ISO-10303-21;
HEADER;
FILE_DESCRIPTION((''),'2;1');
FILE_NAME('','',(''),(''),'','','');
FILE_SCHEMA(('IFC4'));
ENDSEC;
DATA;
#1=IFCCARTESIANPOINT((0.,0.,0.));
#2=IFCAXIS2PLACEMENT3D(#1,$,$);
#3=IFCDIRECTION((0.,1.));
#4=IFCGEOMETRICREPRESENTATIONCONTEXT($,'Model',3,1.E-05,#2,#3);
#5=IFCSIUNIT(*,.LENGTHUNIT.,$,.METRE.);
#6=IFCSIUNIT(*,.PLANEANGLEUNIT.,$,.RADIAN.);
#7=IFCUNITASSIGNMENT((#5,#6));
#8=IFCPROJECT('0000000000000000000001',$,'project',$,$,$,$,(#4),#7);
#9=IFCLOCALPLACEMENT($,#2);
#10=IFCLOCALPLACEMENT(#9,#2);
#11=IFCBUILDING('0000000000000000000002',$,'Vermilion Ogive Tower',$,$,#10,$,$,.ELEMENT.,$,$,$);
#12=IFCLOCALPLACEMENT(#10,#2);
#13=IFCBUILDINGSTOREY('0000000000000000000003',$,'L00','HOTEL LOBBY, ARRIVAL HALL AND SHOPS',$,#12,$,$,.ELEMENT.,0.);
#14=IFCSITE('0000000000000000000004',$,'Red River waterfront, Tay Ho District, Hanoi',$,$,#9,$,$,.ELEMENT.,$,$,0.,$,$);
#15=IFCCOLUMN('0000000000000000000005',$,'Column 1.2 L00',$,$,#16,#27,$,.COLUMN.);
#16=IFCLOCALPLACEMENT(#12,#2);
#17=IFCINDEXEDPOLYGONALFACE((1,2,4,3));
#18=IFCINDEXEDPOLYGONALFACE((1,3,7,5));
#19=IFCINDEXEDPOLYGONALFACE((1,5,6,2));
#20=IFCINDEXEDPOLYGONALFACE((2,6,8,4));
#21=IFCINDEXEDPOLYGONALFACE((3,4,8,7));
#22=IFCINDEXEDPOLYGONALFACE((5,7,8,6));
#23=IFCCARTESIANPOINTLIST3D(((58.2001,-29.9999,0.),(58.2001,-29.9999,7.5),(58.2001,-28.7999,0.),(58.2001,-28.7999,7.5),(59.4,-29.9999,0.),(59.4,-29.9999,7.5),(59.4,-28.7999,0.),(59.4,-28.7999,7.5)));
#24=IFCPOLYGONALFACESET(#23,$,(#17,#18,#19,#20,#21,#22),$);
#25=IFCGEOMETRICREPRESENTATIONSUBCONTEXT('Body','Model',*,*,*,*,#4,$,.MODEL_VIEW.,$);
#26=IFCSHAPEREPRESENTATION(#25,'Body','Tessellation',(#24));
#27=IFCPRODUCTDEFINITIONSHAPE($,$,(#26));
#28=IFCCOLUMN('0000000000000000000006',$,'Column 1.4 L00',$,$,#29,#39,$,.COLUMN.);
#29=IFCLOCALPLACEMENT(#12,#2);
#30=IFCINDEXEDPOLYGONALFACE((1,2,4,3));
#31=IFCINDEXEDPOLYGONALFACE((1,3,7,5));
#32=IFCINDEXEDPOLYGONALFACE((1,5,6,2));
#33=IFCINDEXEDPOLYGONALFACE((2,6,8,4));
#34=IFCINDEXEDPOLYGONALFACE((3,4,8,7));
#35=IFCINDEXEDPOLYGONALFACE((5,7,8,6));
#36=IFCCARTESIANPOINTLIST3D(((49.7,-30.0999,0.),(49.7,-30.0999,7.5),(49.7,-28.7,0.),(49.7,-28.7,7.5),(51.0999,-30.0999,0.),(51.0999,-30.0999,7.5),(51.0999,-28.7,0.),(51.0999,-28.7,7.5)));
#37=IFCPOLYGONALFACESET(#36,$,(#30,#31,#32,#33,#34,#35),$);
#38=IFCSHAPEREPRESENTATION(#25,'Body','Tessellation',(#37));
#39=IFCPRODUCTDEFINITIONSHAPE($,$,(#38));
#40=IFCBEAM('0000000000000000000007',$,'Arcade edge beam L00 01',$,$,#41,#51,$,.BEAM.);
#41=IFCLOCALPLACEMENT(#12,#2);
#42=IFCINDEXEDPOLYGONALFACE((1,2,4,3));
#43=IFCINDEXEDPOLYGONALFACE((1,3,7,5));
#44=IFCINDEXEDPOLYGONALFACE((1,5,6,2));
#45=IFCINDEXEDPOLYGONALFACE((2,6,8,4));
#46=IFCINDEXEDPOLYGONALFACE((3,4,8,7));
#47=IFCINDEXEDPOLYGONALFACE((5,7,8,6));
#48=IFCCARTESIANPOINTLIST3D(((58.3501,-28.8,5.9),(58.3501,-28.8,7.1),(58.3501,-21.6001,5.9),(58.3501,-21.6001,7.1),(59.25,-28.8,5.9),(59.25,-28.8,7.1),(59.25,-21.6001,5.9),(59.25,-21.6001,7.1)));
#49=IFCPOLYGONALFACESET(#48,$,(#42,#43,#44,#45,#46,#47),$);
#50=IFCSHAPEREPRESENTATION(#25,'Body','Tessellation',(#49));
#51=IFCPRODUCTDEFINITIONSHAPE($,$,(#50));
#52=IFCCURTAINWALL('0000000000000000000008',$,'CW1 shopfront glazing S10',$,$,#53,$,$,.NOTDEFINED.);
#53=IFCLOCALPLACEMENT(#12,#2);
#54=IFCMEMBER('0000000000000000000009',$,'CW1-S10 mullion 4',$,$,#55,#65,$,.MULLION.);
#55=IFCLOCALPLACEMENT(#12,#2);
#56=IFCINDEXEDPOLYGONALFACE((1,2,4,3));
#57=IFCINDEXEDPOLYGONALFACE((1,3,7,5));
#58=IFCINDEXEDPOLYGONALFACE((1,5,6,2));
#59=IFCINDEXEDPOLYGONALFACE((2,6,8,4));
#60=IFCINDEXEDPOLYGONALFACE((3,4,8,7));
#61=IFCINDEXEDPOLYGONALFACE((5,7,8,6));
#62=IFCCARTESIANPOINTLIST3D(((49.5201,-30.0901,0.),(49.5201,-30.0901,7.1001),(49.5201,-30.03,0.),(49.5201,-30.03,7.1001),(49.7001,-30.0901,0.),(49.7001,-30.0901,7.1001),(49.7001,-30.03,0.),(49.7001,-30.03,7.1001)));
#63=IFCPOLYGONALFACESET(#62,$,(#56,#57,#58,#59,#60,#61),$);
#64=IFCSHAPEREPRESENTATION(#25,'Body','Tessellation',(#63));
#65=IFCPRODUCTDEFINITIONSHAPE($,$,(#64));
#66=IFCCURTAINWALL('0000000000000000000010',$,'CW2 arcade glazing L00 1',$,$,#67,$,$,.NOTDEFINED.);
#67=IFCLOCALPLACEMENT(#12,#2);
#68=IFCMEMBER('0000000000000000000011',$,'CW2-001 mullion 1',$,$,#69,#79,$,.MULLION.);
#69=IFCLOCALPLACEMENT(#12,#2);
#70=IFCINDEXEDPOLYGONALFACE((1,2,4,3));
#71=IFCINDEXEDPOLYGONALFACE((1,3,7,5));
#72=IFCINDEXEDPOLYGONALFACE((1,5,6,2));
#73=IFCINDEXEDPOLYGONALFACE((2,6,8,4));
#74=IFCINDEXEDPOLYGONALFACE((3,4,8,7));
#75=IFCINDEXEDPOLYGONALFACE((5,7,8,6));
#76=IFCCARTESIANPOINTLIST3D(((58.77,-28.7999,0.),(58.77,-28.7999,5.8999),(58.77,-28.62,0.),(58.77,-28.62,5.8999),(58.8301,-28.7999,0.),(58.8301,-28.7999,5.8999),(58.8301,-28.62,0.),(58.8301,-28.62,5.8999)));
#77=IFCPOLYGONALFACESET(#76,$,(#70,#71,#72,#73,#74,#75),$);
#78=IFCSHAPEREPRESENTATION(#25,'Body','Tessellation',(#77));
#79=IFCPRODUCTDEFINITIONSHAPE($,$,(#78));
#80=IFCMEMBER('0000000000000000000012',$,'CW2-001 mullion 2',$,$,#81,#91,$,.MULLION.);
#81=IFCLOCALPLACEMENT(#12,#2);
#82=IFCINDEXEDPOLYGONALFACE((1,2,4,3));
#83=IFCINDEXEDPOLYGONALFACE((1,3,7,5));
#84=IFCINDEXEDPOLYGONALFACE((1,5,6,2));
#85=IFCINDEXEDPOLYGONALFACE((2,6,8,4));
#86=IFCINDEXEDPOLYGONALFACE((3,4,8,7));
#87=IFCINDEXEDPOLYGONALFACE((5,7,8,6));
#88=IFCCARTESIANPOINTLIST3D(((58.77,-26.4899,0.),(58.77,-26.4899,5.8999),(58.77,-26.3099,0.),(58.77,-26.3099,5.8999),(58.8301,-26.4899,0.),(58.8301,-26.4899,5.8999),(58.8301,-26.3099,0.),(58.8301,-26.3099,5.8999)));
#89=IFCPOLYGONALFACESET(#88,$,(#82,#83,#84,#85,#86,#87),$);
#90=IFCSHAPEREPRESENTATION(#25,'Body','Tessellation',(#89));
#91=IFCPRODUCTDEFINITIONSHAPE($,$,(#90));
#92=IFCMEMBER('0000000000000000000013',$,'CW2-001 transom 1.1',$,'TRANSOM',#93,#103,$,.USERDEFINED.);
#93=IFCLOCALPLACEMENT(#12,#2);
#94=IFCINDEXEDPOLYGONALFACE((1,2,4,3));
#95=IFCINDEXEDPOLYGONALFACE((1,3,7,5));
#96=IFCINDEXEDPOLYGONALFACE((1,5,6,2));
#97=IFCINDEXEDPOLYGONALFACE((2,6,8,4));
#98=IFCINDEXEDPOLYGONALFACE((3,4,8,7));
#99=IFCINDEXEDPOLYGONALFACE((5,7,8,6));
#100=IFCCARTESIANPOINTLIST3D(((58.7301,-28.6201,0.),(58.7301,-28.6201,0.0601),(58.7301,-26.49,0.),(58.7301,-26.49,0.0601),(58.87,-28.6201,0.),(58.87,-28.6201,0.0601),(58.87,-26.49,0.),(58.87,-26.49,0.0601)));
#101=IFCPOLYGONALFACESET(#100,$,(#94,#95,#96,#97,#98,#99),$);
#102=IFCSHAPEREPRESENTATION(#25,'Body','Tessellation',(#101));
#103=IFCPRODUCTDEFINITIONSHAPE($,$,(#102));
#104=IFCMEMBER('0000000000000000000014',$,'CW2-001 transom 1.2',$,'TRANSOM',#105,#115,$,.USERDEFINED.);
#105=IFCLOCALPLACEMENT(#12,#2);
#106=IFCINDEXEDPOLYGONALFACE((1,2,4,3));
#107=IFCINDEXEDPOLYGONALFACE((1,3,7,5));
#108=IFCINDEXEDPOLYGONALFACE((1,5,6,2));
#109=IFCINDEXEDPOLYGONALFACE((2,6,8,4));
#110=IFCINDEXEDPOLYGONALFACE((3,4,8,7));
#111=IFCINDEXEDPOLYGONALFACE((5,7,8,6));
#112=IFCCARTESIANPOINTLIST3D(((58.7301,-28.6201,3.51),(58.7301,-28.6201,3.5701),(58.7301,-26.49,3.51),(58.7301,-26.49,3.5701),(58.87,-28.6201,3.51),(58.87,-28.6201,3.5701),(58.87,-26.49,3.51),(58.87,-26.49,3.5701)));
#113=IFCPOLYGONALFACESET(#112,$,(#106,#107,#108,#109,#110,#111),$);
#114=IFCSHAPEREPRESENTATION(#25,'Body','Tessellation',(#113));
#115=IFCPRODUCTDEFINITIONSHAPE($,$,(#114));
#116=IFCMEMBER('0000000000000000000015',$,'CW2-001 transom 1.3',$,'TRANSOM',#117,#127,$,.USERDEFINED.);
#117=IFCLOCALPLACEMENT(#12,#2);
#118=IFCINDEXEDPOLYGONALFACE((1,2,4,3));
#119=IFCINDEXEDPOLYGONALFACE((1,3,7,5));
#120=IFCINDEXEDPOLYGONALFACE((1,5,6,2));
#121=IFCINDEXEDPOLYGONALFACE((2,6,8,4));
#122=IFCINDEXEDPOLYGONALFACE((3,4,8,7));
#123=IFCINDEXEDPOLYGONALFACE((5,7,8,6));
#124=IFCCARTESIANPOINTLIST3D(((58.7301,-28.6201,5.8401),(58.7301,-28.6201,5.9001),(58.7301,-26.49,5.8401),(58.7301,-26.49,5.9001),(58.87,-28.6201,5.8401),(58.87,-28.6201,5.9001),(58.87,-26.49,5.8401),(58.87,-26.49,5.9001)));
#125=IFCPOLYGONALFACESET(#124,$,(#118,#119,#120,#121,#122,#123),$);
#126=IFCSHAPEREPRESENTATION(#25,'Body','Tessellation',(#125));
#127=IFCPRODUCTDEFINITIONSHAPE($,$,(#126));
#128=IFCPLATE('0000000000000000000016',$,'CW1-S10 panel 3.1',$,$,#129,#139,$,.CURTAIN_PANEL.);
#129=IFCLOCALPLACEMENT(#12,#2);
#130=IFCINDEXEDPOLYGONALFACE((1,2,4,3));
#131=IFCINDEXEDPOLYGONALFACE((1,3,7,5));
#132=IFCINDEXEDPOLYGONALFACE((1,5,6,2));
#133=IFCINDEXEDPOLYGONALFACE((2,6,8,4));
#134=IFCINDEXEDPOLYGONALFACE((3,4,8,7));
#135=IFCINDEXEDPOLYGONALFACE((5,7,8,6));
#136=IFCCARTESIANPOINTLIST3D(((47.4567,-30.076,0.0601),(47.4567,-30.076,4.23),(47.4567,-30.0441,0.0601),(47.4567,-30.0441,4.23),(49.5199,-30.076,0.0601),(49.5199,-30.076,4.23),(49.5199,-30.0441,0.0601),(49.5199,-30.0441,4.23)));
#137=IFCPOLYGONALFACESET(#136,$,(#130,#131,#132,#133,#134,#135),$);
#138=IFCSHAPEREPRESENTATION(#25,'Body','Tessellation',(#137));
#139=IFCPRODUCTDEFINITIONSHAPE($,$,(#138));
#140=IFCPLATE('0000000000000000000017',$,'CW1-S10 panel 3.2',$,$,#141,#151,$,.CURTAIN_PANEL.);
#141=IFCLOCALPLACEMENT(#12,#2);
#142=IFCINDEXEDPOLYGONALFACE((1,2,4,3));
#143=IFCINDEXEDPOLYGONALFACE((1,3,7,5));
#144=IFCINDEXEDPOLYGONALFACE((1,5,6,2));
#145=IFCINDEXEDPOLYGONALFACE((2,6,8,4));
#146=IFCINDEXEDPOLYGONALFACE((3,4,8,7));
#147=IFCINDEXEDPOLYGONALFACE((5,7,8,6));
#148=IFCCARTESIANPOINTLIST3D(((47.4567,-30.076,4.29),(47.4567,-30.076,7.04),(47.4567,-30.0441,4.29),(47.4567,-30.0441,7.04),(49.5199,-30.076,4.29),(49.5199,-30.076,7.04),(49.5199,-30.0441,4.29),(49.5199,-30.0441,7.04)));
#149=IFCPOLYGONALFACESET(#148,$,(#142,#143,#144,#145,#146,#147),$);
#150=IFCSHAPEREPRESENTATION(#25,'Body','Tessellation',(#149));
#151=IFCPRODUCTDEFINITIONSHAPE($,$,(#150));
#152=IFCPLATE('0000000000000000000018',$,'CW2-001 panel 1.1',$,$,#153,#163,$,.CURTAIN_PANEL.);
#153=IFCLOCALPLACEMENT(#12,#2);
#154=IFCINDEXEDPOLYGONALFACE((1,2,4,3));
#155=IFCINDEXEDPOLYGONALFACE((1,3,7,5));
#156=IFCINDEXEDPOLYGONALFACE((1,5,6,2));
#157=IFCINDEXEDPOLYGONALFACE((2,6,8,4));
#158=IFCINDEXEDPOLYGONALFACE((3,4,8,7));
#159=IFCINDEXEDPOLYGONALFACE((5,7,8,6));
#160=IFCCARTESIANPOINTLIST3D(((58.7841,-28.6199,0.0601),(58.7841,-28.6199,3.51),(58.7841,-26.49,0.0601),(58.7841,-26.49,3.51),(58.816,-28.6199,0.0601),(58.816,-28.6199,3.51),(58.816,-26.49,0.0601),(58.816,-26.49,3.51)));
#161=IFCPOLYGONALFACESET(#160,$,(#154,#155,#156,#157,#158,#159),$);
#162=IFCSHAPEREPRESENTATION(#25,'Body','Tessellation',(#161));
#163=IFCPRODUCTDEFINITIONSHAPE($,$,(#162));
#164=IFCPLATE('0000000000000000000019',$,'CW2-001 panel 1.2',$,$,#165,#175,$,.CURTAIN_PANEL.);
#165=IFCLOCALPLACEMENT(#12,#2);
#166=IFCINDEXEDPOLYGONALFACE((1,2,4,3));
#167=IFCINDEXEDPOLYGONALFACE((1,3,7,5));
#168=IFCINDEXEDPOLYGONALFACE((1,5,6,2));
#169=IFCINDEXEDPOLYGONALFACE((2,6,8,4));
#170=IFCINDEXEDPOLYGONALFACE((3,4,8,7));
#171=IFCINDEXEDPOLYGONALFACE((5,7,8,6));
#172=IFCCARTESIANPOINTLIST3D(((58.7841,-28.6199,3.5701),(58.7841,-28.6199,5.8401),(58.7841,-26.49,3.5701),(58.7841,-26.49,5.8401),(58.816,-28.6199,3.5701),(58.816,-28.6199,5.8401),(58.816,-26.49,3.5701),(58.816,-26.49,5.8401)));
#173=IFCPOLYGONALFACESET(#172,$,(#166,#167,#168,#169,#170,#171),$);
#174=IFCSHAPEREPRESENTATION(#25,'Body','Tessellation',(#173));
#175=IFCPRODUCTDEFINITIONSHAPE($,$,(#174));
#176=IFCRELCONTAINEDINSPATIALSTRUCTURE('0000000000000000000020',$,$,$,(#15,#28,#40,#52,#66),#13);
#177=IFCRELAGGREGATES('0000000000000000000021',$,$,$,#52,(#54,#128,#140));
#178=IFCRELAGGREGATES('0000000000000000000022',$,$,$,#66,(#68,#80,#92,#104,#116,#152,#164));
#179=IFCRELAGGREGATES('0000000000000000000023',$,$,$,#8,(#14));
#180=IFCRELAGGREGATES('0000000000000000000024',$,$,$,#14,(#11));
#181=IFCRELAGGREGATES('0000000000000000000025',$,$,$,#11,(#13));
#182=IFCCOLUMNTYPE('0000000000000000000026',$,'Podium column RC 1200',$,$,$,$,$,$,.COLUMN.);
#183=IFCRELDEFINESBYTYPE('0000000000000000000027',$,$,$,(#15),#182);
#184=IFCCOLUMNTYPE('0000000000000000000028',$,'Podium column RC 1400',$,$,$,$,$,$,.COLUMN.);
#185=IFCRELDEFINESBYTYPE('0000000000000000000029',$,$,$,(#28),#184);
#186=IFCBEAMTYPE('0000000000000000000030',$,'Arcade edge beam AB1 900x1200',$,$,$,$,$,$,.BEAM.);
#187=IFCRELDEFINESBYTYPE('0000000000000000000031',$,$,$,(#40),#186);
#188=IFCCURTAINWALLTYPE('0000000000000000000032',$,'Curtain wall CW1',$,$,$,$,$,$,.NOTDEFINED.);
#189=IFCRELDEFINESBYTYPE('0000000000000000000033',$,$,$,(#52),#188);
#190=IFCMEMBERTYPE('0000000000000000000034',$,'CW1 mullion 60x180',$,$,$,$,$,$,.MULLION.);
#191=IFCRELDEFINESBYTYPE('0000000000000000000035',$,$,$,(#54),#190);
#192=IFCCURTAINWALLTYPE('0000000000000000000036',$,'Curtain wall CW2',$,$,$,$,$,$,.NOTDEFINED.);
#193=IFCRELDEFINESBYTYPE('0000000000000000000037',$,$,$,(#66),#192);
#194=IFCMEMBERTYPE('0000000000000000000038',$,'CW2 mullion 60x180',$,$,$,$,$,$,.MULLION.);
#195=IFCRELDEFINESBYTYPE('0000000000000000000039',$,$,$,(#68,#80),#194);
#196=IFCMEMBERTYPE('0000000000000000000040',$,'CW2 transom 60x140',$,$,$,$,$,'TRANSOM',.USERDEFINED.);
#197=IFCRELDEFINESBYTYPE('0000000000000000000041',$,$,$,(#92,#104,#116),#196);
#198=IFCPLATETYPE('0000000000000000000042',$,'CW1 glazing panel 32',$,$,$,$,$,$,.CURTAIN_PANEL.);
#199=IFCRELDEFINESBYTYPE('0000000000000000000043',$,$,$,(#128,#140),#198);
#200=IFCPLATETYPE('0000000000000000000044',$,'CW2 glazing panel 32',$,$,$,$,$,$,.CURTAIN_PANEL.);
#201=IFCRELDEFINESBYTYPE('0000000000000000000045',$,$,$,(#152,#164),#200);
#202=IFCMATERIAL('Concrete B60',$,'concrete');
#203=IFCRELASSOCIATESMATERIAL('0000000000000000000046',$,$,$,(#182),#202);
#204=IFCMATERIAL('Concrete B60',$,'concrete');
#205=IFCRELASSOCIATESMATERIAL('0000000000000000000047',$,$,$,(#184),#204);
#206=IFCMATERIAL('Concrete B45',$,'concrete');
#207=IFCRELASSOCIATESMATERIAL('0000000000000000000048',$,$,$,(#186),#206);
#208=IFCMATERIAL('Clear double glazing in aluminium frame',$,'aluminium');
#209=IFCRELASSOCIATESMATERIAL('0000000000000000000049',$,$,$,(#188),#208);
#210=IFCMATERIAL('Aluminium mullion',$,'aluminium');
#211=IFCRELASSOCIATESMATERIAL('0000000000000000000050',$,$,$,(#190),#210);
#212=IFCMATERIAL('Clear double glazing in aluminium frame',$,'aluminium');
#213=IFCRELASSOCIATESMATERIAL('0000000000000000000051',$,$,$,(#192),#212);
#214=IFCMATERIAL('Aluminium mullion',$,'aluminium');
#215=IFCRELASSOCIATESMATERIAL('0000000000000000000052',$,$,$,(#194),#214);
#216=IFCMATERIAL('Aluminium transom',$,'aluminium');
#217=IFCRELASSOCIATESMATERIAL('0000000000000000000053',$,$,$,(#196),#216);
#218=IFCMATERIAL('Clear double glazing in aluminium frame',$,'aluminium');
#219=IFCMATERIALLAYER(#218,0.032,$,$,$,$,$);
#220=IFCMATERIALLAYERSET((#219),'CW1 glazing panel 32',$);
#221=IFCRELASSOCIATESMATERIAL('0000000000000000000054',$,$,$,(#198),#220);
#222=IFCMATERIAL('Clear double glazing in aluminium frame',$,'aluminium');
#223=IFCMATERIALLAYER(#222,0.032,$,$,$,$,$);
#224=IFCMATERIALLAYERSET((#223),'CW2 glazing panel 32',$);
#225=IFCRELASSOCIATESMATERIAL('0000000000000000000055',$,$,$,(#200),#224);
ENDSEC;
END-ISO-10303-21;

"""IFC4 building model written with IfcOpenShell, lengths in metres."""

from ifc_helpers import new_model, si_unit, direction, frame, origin, origin_2d, place, context, subcontext, project, spatial, rectangle, extrude, material, layer, layer_set, material_profile, profile_set, type_object, element, aggregate, save


model = new_model("IFC4")

# Units and contexts
model_context = context("Model", 3, precision=1e-05, world=origin(), true_north=direction((0.0, 1.0)))
body_context = subcontext(model_context, "Body", "Model", "MODEL_VIEW")
ifc_project = project(units=[si_unit("LENGTHUNIT", "METRE"), si_unit("PLANEANGLEUNIT", "RADIAN")], contexts=[model_context])

# Site, building, storey
site_placement = place(None, origin())
site = spatial("IfcSite", under=ifc_project, at=site_placement, Name="Red River waterfront, Tay Ho District, Hanoi", CompositionType="ELEMENT", RefElevation=0.0)
building_placement = place(site_placement, origin())
building = spatial("IfcBuilding", under=site, at=building_placement, Name="Vermilion Ogive Tower", CompositionType="ELEMENT")
storey_placement = place(building_placement, origin())
storey = spatial("IfcBuildingStorey", under=building, at=storey_placement, Name="L00", Description="HOTEL LOBBY, ARRIVAL HALL AND SHOPS", CompositionType="ELEMENT", Elevation=0.0)

# Columns
ifc_material_1 = material(Name="Concrete B60", Category="concrete")
ifc_material_profile_1 = material_profile(ifc_material_1, rectangle(XDim=1.2, YDim=1.2, at=origin_2d()), Name="RC 1200x1200")
ifc_profile_set_1 = profile_set([ifc_material_profile_1], Name="Concrete B60")
column_type_1 = type_object("IfcColumnType", Name="Podium column RC 1200", PredefinedType="COLUMN", material=ifc_profile_set_1)
column_1_placement = place(storey_placement, frame((58.8, -29.3999, 0.0), z_axis=(0.0, 0.0, 1.0), x_axis=(1.0, 0.0, 0.0)))
element("IfcColumn", 1, at=column_1_placement, inside=storey, type_object=column_type_1, Name="Column 1.2 L00", PredefinedType="COLUMN", context=body_context, shape_type="SweptSolid", body=[
    extrude(rectangle(XDim=1.2, YDim=1.2, at=origin_2d()), origin(), (0.0, 0.0, 1.0), 7.5),
])
ifc_material_2 = material(Name="Concrete B60", Category="concrete")
ifc_material_profile_2 = material_profile(ifc_material_2, rectangle(XDim=1.3999, YDim=1.3999, at=origin_2d()), Name="RC 1400x1400")
ifc_profile_set_2 = profile_set([ifc_material_profile_2], Name="Concrete B60")
column_type_2 = type_object("IfcColumnType", Name="Podium column RC 1400", PredefinedType="COLUMN", material=ifc_profile_set_2)
column_2_placement = place(storey_placement, frame((50.3999, -29.3999, 0.0), z_axis=(0.0, 0.0, 1.0), x_axis=(1.0, 0.0, 0.0)))
element("IfcColumn", 2, at=column_2_placement, inside=storey, type_object=column_type_2, Name="Column 1.4 L00", PredefinedType="COLUMN", context=body_context, shape_type="SweptSolid", body=[
    extrude(rectangle(XDim=1.3999, YDim=1.3999, at=origin_2d()), origin(), (0.0, 0.0, 1.0), 7.5),
])

# Beam
ifc_material_3 = material(Name="Concrete B45", Category="concrete")
ifc_material_profile_3 = material_profile(ifc_material_3, rectangle(XDim=0.8999, YDim=1.2, at=origin_2d()), Name="RC 900x1200")
ifc_profile_set_3 = profile_set([ifc_material_profile_3], Name="Concrete B45")
beam_type = type_object("IfcBeamType", Name="Arcade edge beam AB1 900x1200", PredefinedType="BEAM", material=ifc_profile_set_3)
beam_placement = place(storey_placement, frame((58.8, -28.8, 6.5), z_axis=(0.0, 1.0, 0.0), x_axis=(-1.0, 0.0, 0.0)))
element("IfcBeam", 3, at=beam_placement, inside=storey, type_object=beam_type, Name="Arcade edge beam L00 01", PredefinedType="BEAM", context=body_context, shape_type="SweptSolid", body=[
    extrude(rectangle(XDim=0.8999, YDim=1.2, at=origin_2d()), origin(), (0.0, 0.0, 1.0), 7.2),
])

# Curtain wall, member
ifc_material_4 = material(Name="Clear double glazing in aluminium frame", Category="aluminium")
curtain_wall_type_1 = type_object("IfcCurtainWallType", Name="Curtain wall CW1", PredefinedType="NOTDEFINED", material=ifc_material_4)
curtain_wall_1_placement = place(storey_placement, origin())
curtain_wall_1 = element("IfcCurtainWall", 4, at=curtain_wall_1_placement, inside=storey, type_object=curtain_wall_type_1, Name="CW1 shopfront glazing S10", PredefinedType="NOTDEFINED")
ifc_material_5 = material(Name="Aluminium mullion", Category="aluminium")
ifc_material_profile_4 = material_profile(ifc_material_5, rectangle(XDim=0.0601, YDim=0.1799, at=origin_2d()), Name="AL 60x180")
ifc_profile_set_4 = profile_set([ifc_material_profile_4], Name="Aluminium mullion")
member_type_1 = type_object("IfcMemberType", Name="CW1 mullion 60x180", PredefinedType="MULLION", material=ifc_profile_set_4)
member_1_placement = place(storey_placement, frame((49.6101, -30.0601, 0.0), z_axis=(0.0, 0.0, 1.0), x_axis=(0.0, 1.0, 0.0)))
member_1 = element("IfcMember", 5, at=member_1_placement, type_object=member_type_1, Name="CW1-S10 mullion 4", PredefinedType="MULLION", context=body_context, shape_type="SweptSolid", body=[
    extrude(rectangle(XDim=0.0601, YDim=0.1799, at=origin_2d()), origin(), (0.0, 0.0, 1.0), 7.1001),
])

# Curtain wall, members
ifc_material_6 = material(Name="Clear double glazing in aluminium frame", Category="aluminium")
curtain_wall_type_2 = type_object("IfcCurtainWallType", Name="Curtain wall CW2", PredefinedType="NOTDEFINED", material=ifc_material_6)
curtain_wall_2_placement = place(storey_placement, origin())
curtain_wall_2 = element("IfcCurtainWall", 6, at=curtain_wall_2_placement, inside=storey, type_object=curtain_wall_type_2, Name="CW2 arcade glazing L00 1", PredefinedType="NOTDEFINED")
ifc_material_7 = material(Name="Aluminium mullion", Category="aluminium")
ifc_material_profile_5 = material_profile(ifc_material_7, rectangle(XDim=0.0601, YDim=0.1799, at=origin_2d()), Name="AL 60x180")
ifc_profile_set_5 = profile_set([ifc_material_profile_5], Name="Aluminium mullion")
member_type_2 = type_object("IfcMemberType", Name="CW2 mullion 60x180", PredefinedType="MULLION", material=ifc_profile_set_5)
member_2_placement = place(storey_placement, frame((58.8, -28.71, 0.0), z_axis=(0.0, 0.0, 1.0), x_axis=(-1.0, 0.0, 0.0)))
member_2 = element("IfcMember", 7, at=member_2_placement, type_object=member_type_2, Name="CW2-001 mullion 1", PredefinedType="MULLION", context=body_context, shape_type="SweptSolid", body=[
    extrude(rectangle(XDim=0.0601, YDim=0.1799, at=origin_2d()), origin(), (0.0, 0.0, 1.0), 5.8999),
])
member_3_placement = place(storey_placement, frame((58.8, -26.3999, 0.0), z_axis=(0.0, 0.0, 1.0), x_axis=(-1.0, 0.0, 0.0)))
member_3 = element("IfcMember", 8, at=member_3_placement, type_object=member_type_2, Name="CW2-001 mullion 2", PredefinedType="MULLION", context=body_context, shape_type="SweptSolid", body=[
    extrude(rectangle(XDim=0.0601, YDim=0.1799, at=origin_2d()), origin(), (0.0, 0.0, 1.0), 5.8999),
])
ifc_material_8 = material(Name="Aluminium transom", Category="aluminium")
ifc_material_profile_6 = material_profile(ifc_material_8, rectangle(XDim=0.1399, YDim=0.0601, at=origin_2d()), Name="AL 60x140")
ifc_profile_set_6 = profile_set([ifc_material_profile_6], Name="Aluminium transom")
member_type_3 = type_object("IfcMemberType", Name="CW2 transom 60x140", ElementType="TRANSOM", PredefinedType="USERDEFINED", material=ifc_profile_set_6)
member_4_placement = place(storey_placement, frame((58.8, -28.6201, 0.03), z_axis=(0.0, 1.0, 0.0), x_axis=(-1.0, 0.0, 0.0)))
member_4 = element("IfcMember", 9, at=member_4_placement, type_object=member_type_3, Name="CW2-001 transom 1.1", ObjectType="TRANSOM", PredefinedType="USERDEFINED", context=body_context, shape_type="SweptSolid", body=[
    extrude(rectangle(XDim=0.1399, YDim=0.0601, at=origin_2d()), origin(), (0.0, 0.0, 1.0), 2.1301),
])
member_5_placement = place(storey_placement, frame((58.8, -28.6201, 3.54), z_axis=(0.0, 1.0, 0.0), x_axis=(-1.0, 0.0, 0.0)))
member_5 = element("IfcMember", 10, at=member_5_placement, type_object=member_type_3, Name="CW2-001 transom 1.2", ObjectType="TRANSOM", PredefinedType="USERDEFINED", context=body_context, shape_type="SweptSolid", body=[
    extrude(rectangle(XDim=0.1399, YDim=0.0601, at=origin_2d()), origin(), (0.0, 0.0, 1.0), 2.1301),
])
member_6_placement = place(storey_placement, frame((58.8, -28.6201, 5.8701), z_axis=(0.0, 1.0, 0.0), x_axis=(-1.0, 0.0, 0.0)))
member_6 = element("IfcMember", 11, at=member_6_placement, type_object=member_type_3, Name="CW2-001 transom 1.3", ObjectType="TRANSOM", PredefinedType="USERDEFINED", context=body_context, shape_type="SweptSolid", body=[
    extrude(rectangle(XDim=0.1399, YDim=0.0601, at=origin_2d()), origin(), (0.0, 0.0, 1.0), 2.1301),
])

# Plates
ifc_material_9 = material(Name="Clear double glazing in aluminium frame", Category="aluminium")
ifc_layer_1 = layer(ifc_material_9, 0.032)
ifc_layer_set_1 = layer_set([ifc_layer_1], Name="CW1 glazing panel 32")
plate_type_1 = type_object("IfcPlateType", Name="CW1 glazing panel 32", PredefinedType="CURTAIN_PANEL", material=ifc_layer_set_1)
plate_1_placement = place(storey_placement, frame((48.4883, -30.0601, 0.0601), z_axis=(0.0, 0.0, 1.0), x_axis=(1.0, 0.0, 0.0)))
plate_1 = element("IfcPlate", 12, at=plate_1_placement, type_object=plate_type_1, Name="CW1-S10 panel 3.1", PredefinedType="CURTAIN_PANEL", context=body_context, shape_type="SweptSolid", body=[
    extrude(rectangle(XDim=2.0632, YDim=0.032, at=origin_2d()), origin(), (0.0, 0.0, 1.0), 4.1699),
])
plate_2_placement = place(storey_placement, frame((48.4883, -30.0601, 4.29), z_axis=(0.0, 0.0, 1.0), x_axis=(1.0, 0.0, 0.0)))
plate_2 = element("IfcPlate", 13, at=plate_2_placement, type_object=plate_type_1, Name="CW1-S10 panel 3.2", PredefinedType="CURTAIN_PANEL", context=body_context, shape_type="SweptSolid", body=[
    extrude(rectangle(XDim=2.0632, YDim=0.032, at=origin_2d()), origin(), (0.0, 0.0, 1.0), 2.75),
])
aggregate(curtain_wall_1, [member_1, plate_1, plate_2])
ifc_material_10 = material(Name="Clear double glazing in aluminium frame", Category="aluminium")
ifc_layer_2 = layer(ifc_material_10, 0.032)
ifc_layer_set_2 = layer_set([ifc_layer_2], Name="CW2 glazing panel 32")
plate_type_2 = type_object("IfcPlateType", Name="CW2 glazing panel 32", PredefinedType="CURTAIN_PANEL", material=ifc_layer_set_2)
plate_3_placement = place(storey_placement, frame((58.8, -27.5549, 0.0601), z_axis=(0.0, 0.0, 1.0), x_axis=(0.0, 1.0, 0.0)))
plate_3 = element("IfcPlate", 14, at=plate_3_placement, type_object=plate_type_2, Name="CW2-001 panel 1.1", PredefinedType="CURTAIN_PANEL", context=body_context, shape_type="SweptSolid", body=[
    extrude(rectangle(XDim=2.1299, YDim=0.032, at=origin_2d()), origin(), (0.0, 0.0, 1.0), 3.45),
])
plate_4_placement = place(storey_placement, frame((58.8, -27.5549, 3.5701), z_axis=(0.0, 0.0, 1.0), x_axis=(0.0, 1.0, 0.0)))
plate_4 = element("IfcPlate", 15, at=plate_4_placement, type_object=plate_type_2, Name="CW2-001 panel 1.2", PredefinedType="CURTAIN_PANEL", context=body_context, shape_type="SweptSolid", body=[
    extrude(rectangle(XDim=2.1299, YDim=0.032, at=origin_2d()), origin(), (0.0, 0.0, 1.0), 2.27),
])
aggregate(curtain_wall_2, [member_2, member_3, member_4, member_5, member_6, plate_3, plate_4])

save(model, "model.ifc")
